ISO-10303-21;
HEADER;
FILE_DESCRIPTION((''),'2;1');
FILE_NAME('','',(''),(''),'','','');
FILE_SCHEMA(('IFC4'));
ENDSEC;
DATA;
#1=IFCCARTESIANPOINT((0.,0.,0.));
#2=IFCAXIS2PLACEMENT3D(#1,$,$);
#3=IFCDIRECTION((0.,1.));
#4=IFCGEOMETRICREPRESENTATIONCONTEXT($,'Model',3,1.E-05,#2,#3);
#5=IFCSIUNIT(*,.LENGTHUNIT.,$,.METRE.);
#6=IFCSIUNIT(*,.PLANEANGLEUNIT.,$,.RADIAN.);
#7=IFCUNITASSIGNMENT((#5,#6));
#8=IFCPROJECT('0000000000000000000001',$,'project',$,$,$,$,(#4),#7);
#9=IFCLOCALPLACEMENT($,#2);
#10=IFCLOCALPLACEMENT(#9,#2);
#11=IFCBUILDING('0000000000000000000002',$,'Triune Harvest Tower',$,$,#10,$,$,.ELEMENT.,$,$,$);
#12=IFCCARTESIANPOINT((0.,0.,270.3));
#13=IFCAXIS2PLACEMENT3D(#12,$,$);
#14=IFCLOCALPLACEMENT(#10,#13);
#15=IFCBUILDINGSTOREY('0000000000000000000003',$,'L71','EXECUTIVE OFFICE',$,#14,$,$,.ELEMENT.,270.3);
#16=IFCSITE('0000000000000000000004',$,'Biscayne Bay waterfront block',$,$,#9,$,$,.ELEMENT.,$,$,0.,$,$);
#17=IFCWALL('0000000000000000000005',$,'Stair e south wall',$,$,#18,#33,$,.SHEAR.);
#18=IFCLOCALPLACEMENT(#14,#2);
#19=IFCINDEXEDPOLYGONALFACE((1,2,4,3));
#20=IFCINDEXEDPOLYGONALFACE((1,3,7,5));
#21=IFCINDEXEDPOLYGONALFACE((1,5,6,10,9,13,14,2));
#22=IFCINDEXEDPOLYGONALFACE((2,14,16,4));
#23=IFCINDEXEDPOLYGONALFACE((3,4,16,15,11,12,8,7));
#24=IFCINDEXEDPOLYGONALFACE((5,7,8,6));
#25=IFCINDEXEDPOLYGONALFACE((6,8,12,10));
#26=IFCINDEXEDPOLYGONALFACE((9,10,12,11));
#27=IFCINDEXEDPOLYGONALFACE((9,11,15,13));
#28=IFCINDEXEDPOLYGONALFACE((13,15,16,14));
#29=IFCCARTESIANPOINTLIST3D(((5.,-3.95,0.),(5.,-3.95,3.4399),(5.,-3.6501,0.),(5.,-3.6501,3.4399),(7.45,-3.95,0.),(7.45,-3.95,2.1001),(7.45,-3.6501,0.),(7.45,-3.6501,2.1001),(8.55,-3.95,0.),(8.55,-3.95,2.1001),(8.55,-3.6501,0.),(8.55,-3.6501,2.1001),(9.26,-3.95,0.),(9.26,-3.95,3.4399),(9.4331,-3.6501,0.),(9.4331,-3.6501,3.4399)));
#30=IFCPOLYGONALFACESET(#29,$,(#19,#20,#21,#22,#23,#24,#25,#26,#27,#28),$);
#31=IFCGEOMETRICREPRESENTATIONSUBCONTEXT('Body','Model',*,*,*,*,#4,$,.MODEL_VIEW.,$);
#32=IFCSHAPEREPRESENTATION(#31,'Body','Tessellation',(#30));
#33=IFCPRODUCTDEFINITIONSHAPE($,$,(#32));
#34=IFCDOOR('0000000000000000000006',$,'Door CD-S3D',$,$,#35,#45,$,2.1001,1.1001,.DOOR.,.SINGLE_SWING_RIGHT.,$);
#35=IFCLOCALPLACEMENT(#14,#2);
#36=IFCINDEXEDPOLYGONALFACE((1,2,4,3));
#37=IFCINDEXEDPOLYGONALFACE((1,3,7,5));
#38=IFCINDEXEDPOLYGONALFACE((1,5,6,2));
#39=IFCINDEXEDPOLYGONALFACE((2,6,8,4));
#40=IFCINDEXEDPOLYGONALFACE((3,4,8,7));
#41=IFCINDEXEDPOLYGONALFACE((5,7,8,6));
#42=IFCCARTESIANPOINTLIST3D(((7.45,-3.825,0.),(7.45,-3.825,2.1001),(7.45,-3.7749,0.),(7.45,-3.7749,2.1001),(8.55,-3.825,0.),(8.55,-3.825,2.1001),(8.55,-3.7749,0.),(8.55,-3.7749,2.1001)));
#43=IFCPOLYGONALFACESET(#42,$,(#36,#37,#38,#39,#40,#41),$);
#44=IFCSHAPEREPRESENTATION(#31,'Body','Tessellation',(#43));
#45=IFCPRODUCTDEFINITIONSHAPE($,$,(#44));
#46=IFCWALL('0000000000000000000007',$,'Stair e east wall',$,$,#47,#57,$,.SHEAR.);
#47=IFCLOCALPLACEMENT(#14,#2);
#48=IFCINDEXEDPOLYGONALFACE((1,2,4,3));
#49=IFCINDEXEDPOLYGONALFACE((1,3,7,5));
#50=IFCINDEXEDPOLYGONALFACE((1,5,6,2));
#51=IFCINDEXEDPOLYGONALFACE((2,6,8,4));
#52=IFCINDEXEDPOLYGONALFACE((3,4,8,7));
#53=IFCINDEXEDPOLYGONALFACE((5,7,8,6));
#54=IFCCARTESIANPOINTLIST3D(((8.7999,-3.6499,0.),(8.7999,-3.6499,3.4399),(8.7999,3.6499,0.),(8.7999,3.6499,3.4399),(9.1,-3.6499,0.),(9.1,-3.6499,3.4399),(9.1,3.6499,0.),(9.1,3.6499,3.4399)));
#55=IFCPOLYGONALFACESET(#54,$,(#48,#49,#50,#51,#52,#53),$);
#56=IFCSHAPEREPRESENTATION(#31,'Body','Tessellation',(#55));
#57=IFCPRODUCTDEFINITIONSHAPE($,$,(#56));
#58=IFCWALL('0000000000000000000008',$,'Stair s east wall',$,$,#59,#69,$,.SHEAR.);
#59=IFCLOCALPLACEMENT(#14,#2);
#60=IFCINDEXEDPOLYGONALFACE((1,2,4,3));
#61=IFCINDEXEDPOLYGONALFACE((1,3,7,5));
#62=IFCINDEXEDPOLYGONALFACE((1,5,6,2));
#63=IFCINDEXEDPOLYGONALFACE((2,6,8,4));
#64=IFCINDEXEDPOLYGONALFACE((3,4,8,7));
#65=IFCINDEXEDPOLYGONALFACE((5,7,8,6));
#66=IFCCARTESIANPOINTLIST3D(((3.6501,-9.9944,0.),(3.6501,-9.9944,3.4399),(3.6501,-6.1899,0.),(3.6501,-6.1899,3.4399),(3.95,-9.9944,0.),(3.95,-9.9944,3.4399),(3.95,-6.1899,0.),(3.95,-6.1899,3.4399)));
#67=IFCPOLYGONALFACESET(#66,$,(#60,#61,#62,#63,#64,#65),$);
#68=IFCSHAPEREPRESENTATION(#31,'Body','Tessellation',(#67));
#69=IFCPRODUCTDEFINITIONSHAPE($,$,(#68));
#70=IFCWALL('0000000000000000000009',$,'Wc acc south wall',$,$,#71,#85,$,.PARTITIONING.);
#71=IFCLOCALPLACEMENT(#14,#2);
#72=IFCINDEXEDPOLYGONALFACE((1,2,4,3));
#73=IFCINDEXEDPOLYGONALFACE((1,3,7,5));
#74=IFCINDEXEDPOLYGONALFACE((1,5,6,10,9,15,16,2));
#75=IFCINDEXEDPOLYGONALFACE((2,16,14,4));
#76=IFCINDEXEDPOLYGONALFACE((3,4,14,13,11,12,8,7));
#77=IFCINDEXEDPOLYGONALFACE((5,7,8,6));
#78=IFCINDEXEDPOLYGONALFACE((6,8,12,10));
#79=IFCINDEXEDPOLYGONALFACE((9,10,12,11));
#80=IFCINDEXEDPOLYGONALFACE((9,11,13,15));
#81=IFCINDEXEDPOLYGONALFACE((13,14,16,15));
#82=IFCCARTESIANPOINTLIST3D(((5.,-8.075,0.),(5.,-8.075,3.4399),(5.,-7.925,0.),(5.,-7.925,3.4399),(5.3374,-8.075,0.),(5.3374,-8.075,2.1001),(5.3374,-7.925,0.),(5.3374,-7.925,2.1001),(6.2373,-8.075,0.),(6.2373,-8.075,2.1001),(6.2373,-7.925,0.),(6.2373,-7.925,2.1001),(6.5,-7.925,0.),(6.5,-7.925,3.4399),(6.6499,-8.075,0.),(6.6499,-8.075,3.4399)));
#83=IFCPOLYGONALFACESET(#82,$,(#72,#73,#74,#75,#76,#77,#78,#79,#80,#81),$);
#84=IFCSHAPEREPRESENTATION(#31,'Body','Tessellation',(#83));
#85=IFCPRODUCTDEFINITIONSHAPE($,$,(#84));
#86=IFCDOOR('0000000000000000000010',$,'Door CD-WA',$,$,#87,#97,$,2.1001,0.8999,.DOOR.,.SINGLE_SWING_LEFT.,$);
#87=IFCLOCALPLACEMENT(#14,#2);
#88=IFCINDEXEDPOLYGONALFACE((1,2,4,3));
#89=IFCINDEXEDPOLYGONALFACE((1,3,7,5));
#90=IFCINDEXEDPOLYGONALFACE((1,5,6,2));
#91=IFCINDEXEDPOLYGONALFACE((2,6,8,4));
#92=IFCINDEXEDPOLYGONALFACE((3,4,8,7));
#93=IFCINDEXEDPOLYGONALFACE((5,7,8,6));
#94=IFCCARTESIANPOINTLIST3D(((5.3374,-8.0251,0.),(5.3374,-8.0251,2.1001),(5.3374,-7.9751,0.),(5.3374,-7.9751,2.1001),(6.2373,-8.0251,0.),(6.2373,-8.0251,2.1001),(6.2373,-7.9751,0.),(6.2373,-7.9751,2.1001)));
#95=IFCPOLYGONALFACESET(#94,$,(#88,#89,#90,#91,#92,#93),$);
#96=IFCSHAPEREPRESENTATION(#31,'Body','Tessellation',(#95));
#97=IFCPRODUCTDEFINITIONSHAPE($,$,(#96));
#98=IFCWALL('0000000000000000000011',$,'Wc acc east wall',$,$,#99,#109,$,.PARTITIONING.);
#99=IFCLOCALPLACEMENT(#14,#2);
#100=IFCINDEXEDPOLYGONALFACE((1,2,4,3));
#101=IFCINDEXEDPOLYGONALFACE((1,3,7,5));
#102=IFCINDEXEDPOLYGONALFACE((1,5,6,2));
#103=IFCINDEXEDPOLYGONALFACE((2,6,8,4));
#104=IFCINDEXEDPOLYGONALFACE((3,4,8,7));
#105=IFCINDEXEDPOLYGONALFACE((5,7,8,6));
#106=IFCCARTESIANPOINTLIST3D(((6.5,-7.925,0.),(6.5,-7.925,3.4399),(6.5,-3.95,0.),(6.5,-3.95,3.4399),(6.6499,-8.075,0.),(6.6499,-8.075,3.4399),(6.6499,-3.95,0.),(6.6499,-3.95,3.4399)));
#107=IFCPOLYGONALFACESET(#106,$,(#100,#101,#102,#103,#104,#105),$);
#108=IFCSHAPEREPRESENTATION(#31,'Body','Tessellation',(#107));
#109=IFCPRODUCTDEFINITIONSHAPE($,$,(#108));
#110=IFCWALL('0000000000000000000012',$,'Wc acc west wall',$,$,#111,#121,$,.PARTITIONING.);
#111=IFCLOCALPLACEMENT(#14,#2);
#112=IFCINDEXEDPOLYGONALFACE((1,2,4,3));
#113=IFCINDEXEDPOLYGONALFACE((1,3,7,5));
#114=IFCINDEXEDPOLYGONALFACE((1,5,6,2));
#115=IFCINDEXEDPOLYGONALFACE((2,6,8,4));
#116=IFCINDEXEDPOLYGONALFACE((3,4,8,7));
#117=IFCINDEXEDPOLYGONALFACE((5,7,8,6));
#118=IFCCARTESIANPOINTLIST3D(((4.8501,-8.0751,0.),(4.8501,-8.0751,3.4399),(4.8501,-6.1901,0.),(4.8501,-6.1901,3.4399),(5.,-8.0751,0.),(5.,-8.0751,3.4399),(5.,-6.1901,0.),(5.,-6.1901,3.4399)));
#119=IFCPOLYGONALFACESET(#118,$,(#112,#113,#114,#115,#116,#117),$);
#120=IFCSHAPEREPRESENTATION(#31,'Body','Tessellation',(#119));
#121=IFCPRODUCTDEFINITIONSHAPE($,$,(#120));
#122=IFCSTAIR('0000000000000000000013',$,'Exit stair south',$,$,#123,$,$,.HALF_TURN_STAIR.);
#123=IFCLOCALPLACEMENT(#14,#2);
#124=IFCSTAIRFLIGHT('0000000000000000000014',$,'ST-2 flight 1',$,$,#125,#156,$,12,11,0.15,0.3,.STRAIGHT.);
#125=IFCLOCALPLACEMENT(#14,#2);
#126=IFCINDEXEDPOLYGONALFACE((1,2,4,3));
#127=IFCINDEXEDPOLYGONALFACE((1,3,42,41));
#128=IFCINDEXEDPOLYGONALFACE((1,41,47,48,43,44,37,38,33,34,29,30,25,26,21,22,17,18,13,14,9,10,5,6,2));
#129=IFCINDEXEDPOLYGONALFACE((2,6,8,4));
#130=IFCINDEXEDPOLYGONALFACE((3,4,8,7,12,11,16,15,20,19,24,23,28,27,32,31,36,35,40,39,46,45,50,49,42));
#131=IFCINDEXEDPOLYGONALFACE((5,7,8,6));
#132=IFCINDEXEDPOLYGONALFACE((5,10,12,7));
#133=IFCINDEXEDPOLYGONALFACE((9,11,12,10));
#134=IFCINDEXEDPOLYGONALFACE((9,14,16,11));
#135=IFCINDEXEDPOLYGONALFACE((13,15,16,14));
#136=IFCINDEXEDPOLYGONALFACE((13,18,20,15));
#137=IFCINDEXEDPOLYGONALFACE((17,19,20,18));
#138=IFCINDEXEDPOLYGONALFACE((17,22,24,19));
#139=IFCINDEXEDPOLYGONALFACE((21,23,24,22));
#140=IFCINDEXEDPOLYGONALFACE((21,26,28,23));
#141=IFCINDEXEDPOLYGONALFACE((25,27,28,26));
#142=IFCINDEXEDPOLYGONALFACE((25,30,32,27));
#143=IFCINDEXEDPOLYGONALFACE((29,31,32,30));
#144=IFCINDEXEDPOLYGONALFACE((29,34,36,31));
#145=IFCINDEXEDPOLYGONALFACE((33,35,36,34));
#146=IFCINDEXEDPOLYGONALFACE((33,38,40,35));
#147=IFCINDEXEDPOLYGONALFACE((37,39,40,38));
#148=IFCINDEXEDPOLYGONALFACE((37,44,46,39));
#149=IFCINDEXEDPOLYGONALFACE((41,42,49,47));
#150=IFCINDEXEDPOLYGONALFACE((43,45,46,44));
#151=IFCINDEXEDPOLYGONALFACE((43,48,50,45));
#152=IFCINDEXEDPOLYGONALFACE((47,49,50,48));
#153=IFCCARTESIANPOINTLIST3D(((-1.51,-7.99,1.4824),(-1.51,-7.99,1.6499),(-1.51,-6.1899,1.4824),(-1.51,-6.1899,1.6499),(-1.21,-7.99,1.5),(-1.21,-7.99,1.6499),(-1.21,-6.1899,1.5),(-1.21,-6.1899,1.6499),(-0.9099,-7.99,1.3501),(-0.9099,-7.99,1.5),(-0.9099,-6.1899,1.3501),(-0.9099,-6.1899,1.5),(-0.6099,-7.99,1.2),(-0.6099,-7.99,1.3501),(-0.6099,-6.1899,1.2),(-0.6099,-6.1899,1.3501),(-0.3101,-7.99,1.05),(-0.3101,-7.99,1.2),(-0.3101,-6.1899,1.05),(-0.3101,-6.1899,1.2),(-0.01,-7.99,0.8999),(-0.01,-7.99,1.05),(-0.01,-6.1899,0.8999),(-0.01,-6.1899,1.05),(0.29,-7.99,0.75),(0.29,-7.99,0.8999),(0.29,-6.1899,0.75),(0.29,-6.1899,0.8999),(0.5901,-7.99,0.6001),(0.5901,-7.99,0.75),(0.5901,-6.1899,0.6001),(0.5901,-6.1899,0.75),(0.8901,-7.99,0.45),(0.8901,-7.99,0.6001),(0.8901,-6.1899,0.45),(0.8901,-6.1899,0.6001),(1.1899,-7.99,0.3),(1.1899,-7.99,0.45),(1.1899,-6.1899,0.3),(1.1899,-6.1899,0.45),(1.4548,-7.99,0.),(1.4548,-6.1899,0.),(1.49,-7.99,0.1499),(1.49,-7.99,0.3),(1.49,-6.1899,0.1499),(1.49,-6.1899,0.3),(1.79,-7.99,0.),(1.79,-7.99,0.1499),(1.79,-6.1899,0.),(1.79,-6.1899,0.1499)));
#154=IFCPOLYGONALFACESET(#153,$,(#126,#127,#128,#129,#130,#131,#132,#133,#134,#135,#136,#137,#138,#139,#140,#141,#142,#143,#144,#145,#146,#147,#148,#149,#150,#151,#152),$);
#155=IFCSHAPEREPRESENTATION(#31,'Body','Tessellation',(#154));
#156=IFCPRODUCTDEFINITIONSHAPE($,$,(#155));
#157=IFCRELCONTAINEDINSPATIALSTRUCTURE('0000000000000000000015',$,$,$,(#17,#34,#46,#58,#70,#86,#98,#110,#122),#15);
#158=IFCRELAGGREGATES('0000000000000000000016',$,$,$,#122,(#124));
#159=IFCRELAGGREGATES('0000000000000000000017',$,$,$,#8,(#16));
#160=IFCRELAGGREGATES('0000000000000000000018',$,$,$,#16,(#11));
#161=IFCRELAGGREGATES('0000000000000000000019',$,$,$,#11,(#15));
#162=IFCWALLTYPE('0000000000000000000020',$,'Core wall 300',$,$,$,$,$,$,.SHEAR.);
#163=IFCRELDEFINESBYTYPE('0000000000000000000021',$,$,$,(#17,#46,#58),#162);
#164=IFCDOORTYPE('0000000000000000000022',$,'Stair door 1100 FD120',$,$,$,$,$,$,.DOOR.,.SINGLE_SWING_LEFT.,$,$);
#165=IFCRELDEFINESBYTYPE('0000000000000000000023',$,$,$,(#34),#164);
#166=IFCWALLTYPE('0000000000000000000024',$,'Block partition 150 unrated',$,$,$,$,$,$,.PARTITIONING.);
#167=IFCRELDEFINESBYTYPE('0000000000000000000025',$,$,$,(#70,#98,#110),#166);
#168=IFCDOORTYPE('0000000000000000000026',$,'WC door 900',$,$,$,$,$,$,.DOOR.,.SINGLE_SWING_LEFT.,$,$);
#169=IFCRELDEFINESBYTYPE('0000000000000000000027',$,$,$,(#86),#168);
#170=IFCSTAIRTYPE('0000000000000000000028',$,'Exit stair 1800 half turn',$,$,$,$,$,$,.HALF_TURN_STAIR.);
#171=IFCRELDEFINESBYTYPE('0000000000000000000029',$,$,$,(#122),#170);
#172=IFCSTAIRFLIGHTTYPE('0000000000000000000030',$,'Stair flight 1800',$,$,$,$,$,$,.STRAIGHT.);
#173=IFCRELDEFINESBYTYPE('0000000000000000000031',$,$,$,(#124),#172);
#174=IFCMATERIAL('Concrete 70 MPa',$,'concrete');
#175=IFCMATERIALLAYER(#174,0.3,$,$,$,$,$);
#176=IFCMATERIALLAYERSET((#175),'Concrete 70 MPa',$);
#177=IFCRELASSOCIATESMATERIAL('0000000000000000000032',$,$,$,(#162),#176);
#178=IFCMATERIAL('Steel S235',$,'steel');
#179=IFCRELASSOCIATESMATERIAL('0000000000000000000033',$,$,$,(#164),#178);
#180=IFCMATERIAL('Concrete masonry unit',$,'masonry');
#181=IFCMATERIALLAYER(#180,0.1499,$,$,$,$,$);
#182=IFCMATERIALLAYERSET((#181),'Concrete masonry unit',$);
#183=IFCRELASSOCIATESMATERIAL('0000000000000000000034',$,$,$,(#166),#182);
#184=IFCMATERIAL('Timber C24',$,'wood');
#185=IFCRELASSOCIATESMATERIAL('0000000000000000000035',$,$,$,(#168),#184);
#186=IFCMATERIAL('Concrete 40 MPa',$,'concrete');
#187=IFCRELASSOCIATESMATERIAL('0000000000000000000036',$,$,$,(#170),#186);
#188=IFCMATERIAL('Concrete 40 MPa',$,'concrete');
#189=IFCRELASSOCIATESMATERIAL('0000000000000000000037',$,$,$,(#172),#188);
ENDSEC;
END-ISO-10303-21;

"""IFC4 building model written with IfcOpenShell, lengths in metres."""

from ifc_helpers import new_model, si_unit, direction, frame, frame_2d, origin, place, context, subcontext, project, spatial, polyline, rectangle, outline, extrude, source, transform, mapped, material, layer, layer_set, type_object, element, fill, aggregate, save


model = new_model("IFC4")

# Units and contexts
model_context = context("Model", 3, precision=1e-05, world=origin(), true_north=direction((0.0, 1.0)))
body_context = subcontext(model_context, "Body", "Model", "MODEL_VIEW")
ifc_project = project(units=[si_unit("LENGTHUNIT", "METRE"), si_unit("PLANEANGLEUNIT", "RADIAN")], contexts=[model_context])

# Site, building, storey
site_placement = place(None, origin())
site = spatial("IfcSite", under=ifc_project, at=site_placement, Name="Biscayne Bay waterfront block", CompositionType="ELEMENT", RefElevation=0.0)
building_placement = place(site_placement, origin())
building = spatial("IfcBuilding", under=site, at=building_placement, Name="Triune Harvest Tower", CompositionType="ELEMENT")
storey_placement = place(building_placement, frame((0.0, 0.0, 270.3)))
storey = spatial("IfcBuildingStorey", under=building, at=storey_placement, Name="L71", Description="EXECUTIVE OFFICE", CompositionType="ELEMENT", Elevation=270.3)

# Shared definitions
ifc_material_1 = material(Name="Concrete 70 MPa", Category="concrete")
ifc_layer_1 = layer(ifc_material_1, 0.3)
ifc_layer_set_1 = layer_set([ifc_layer_1], Name="Concrete 70 MPa")
wall_type_1 = type_object("IfcWallType", Name="Core wall 300", PredefinedType="SHEAR", material=ifc_layer_set_1)

# Wall, opening, door
ifc_material_2 = material(Name="Steel S235", Category="steel")
door_type_1 = type_object("IfcDoorType", Name="Stair door 1100 FD120", OperationType="SINGLE_SWING_LEFT", PredefinedType="DOOR", material=ifc_material_2)
shared_shape_1 = source(origin(), body_context, "Body", "SweptSolid", [
    extrude(outline(polyline([(0.0, -0.1499), (0.0, 0.1499), (4.4331, 0.1499), (4.26, -0.1499), (0.0, -0.1499)])), origin(), (0.0, 0.0, 1.0), 3.4399),
])
wall_1_placement = place(storey_placement, frame((5.0, -3.8, 0.0), z_axis=(0.0, 0.0, 1.0), x_axis=(1.0, 0.0, 0.0)))
wall_1 = element("IfcWall", 1, at=wall_1_placement, inside=storey, type_object=wall_type_1, Name="Stair e south wall", PredefinedType="SHEAR", context=body_context, shape_type="MappedRepresentation", body=[
    mapped(shared_shape_1, transform((0.0, 0.0, 0.0), scale=1.0)),
])
opening_1_placement = place(wall_1_placement, frame((2.45, 0.0, 0.0)))
opening_1 = element("IfcOpeningElement", 2, at=opening_1_placement, cuts=wall_1, PredefinedType="OPENING", context=body_context, shape_type="SweptSolid", body=[
    extrude(rectangle(XDim=1.1001, YDim=2.1001, at=frame_2d((0.55, 1.05))), frame((0.0, 0.1602, 0.0), z_axis=(0.0, -1.0, 0.0), x_axis=(1.0, 0.0, 0.0)), (0.0, 0.0, 1.0), 0.3201),
])
door_1_placement = place(opening_1_placement, frame((1.1001, 0.0, 0.0), z_axis=(0.0, 0.0, 1.0), x_axis=(-1.0, 0.0, 0.0)))
door_1 = element("IfcDoor", 3, at=door_1_placement, inside=storey, type_object=door_type_1, Name="Door CD-S3D", OperationType="SINGLE_SWING_RIGHT", OverallHeight=2.1001, OverallWidth=1.1001, PredefinedType="DOOR", context=body_context, shape_type="SweptSolid", body=[
    extrude(rectangle(XDim=1.1001, YDim=2.1001, at=frame_2d((0.55, 1.05))), frame((0.0, 0.0249, 0.0), z_axis=(0.0, -1.0, 0.0), x_axis=(1.0, 0.0, 0.0)), (0.0, 0.0, 1.0), 0.05),
])
fill(opening_1, door_1)

# Walls
shared_shape_2 = source(origin(), body_context, "Body", "SweptSolid", [
    extrude(rectangle(XDim=7.2998, YDim=0.3, at=frame_2d((3.6499, 0.0))), origin(), (0.0, 0.0, 1.0), 3.4399),
])
wall_2_placement = place(storey_placement, frame((8.95, -3.6499, 0.0), z_axis=(0.0, 0.0, 1.0), x_axis=(0.0, 1.0, 0.0)))
element("IfcWall", 4, at=wall_2_placement, inside=storey, type_object=wall_type_1, Name="Stair e east wall", PredefinedType="SHEAR", context=body_context, shape_type="MappedRepresentation", body=[
    mapped(shared_shape_2, transform((0.0, 0.0, 0.0), scale=1.0)),
])
shared_shape_3 = source(origin(), body_context, "Body", "SweptSolid", [
    extrude(outline(polyline([(3.8, -0.1499), (-0.0044, -0.1499), (-0.0044, 0.1499), (3.8, 0.1499), (3.8, -0.1499)])), origin(), (0.0, 0.0, 1.0), 3.4399),
])
wall_3_placement = place(storey_placement, frame((3.8, -9.99, 0.0), z_axis=(0.0, 0.0, 1.0), x_axis=(0.0, 1.0, 0.0)))
element("IfcWall", 5, at=wall_3_placement, inside=storey, type_object=wall_type_1, Name="Stair s east wall", PredefinedType="SHEAR", context=body_context, shape_type="MappedRepresentation", body=[
    mapped(shared_shape_3, transform((0.0, 0.0, 0.0), scale=1.0)),
])

# Wall, opening, door
ifc_material_3 = material(Name="Concrete masonry unit", Category="masonry")
ifc_layer_2 = layer(ifc_material_3, 0.1499)
ifc_layer_set_2 = layer_set([ifc_layer_2], Name="Concrete masonry unit")
wall_type_2 = type_object("IfcWallType", Name="Block partition 150 unrated", PredefinedType="PARTITIONING", material=ifc_layer_set_2)
shared_shape_4 = source(origin(), body_context, "Body", "SweptSolid", [
    extrude(outline(polyline([(0.0, -0.075), (1.6499, -0.075), (1.5, 0.075), (0.0, 0.075), (0.0, -0.075)])), origin(), (0.0, 0.0, 1.0), 3.4399),
])
wall_4_placement = place(storey_placement, frame((5.0, -8.0, 0.0), z_axis=(0.0, 0.0, 1.0), x_axis=(1.0, 0.0, 0.0)))
wall_4 = element("IfcWall", 6, at=wall_4_placement, inside=storey, type_object=wall_type_2, Name="Wc acc south wall", PredefinedType="PARTITIONING", context=body_context, shape_type="MappedRepresentation", body=[
    mapped(shared_shape_4, transform((0.0, 0.0, 0.0), scale=1.0)),
])
opening_2_placement = place(wall_4_placement, frame((0.3374, 0.0, 0.0)))
opening_2 = element("IfcOpeningElement", 7, at=opening_2_placement, cuts=wall_4, PredefinedType="OPENING", context=body_context, shape_type="SweptSolid", body=[
    extrude(rectangle(XDim=0.8999, YDim=2.1001, at=frame_2d((0.45, 1.05))), frame((0.0, 0.085, 0.0), z_axis=(0.0, -1.0, 0.0), x_axis=(1.0, 0.0, 0.0)), (0.0, 0.0, 1.0), 0.1699),
])
ifc_material_4 = material(Name="Timber C24", Category="wood")
door_type_2 = type_object("IfcDoorType", Name="WC door 900", OperationType="SINGLE_SWING_LEFT", PredefinedType="DOOR", material=ifc_material_4)
door_2_placement = place(opening_2_placement, origin())
door_2 = element("IfcDoor", 8, at=door_2_placement, inside=storey, type_object=door_type_2, Name="Door CD-WA", OperationType="SINGLE_SWING_LEFT", OverallHeight=2.1001, OverallWidth=0.8999, PredefinedType="DOOR", context=body_context, shape_type="SweptSolid", body=[
    extrude(rectangle(XDim=0.8999, YDim=2.1001, at=frame_2d((0.45, 1.05))), frame((0.0, 0.0249, 0.0), z_axis=(0.0, -1.0, 0.0), x_axis=(1.0, 0.0, 0.0)), (0.0, 0.0, 1.0), 0.05),
])
fill(opening_2, door_2)

# Walls
shared_shape_5 = source(origin(), body_context, "Body", "SweptSolid", [
    extrude(outline(polyline([(-0.075, -0.075), (4.05, -0.075), (4.05, 0.075), (0.075, 0.075), (-0.075, -0.075)])), origin(), (0.0, 0.0, 1.0), 3.4399),
])
wall_5_placement = place(storey_placement, frame((6.575, -8.0, 0.0), z_axis=(0.0, 0.0, 1.0), x_axis=(0.0, 1.0, 0.0)))
element("IfcWall", 9, at=wall_5_placement, inside=storey, type_object=wall_type_2, Name="Wc acc east wall", PredefinedType="PARTITIONING", context=body_context, shape_type="MappedRepresentation", body=[
    mapped(shared_shape_5, transform((0.0, 0.0, 0.0), scale=1.0)),
])
shared_shape_6 = source(origin(), body_context, "Body", "SweptSolid", [
    extrude(rectangle(XDim=1.885, YDim=0.1499, at=frame_2d((0.9424, 0.0))), origin(), (0.0, 0.0, 1.0), 3.4399),
])
wall_6_placement = place(storey_placement, frame((4.925, -8.075, 0.0), z_axis=(0.0, 0.0, 1.0), x_axis=(0.0, 1.0, 0.0)))
element("IfcWall", 10, at=wall_6_placement, inside=storey, type_object=wall_type_2, Name="Wc acc west wall", PredefinedType="PARTITIONING", context=body_context, shape_type="MappedRepresentation", body=[
    mapped(shared_shape_6, transform((0.0, 0.0, 0.0), scale=1.0)),
])

# Stair, stair flight
ifc_material_5 = material(Name="Concrete 40 MPa", Category="concrete")
stair_type = type_object("IfcStairType", Name="Exit stair 1800 half turn", PredefinedType="HALF_TURN_STAIR", material=ifc_material_5)
stair_1_placement = place(storey_placement, origin())
stair_1 = element("IfcStair", 11, at=stair_1_placement, inside=storey, type_object=stair_type, Name="Exit stair south", PredefinedType="HALF_TURN_STAIR")
ifc_material_6 = material(Name="Concrete 40 MPa", Category="concrete")
stair_flight_type = type_object("IfcStairFlightType", Name="Stair flight 1800", PredefinedType="STRAIGHT", material=ifc_material_6)
shared_shape_7 = source(origin(), body_context, "Body", "SweptSolid", [
    extrude(outline(polyline([(0.0, 0.0), (0.0, 0.1499), (0.3, 0.1499), (0.3, 0.3), (0.6001, 0.3), (0.6001, 0.45), (0.8999, 0.45), (0.8999, 0.6001), (1.2, 0.6001), (1.2, 0.75), (1.5, 0.75), (1.5, 0.8999), (1.8, 0.8999), (1.8, 1.05), (2.1001, 1.05), (2.1001, 1.2), (2.3999, 1.2), (2.3999, 1.3501), (2.7, 1.3501), (2.7, 1.5), (3.0, 1.5), (3.0, 1.6499), (3.3, 1.6499), (3.3, 1.8), (3.3, 1.4824), (0.3352, 0.0), (0.0, 0.0)])), frame((0.0, 0.8999, 0.0), z_axis=(0.0, -1.0, 0.0), x_axis=(1.0, 0.0, 0.0)), (0.0, 0.0, 1.0), 1.8),
])
stair_flight_1_placement = place(storey_placement, frame((1.79, -7.0901, 0.0), z_axis=(0.0, 0.0, 1.0), x_axis=(-1.0, 0.0, 0.0)))
stair_flight_1 = element("IfcStairFlight", 12, at=stair_flight_1_placement, type_object=stair_flight_type, Name="ST-2 flight 1", NumberOfRisers=12, NumberOfTreads=11, PredefinedType="STRAIGHT", RiserHeight=0.15, TreadLength=0.3, context=body_context, shape_type="MappedRepresentation", body=[
    mapped(shared_shape_7, transform((0.0, 0.0, 0.0), scale=1.0)),
])
aggregate(stair_1, [stair_flight_1])

save(model, "model.ifc")
